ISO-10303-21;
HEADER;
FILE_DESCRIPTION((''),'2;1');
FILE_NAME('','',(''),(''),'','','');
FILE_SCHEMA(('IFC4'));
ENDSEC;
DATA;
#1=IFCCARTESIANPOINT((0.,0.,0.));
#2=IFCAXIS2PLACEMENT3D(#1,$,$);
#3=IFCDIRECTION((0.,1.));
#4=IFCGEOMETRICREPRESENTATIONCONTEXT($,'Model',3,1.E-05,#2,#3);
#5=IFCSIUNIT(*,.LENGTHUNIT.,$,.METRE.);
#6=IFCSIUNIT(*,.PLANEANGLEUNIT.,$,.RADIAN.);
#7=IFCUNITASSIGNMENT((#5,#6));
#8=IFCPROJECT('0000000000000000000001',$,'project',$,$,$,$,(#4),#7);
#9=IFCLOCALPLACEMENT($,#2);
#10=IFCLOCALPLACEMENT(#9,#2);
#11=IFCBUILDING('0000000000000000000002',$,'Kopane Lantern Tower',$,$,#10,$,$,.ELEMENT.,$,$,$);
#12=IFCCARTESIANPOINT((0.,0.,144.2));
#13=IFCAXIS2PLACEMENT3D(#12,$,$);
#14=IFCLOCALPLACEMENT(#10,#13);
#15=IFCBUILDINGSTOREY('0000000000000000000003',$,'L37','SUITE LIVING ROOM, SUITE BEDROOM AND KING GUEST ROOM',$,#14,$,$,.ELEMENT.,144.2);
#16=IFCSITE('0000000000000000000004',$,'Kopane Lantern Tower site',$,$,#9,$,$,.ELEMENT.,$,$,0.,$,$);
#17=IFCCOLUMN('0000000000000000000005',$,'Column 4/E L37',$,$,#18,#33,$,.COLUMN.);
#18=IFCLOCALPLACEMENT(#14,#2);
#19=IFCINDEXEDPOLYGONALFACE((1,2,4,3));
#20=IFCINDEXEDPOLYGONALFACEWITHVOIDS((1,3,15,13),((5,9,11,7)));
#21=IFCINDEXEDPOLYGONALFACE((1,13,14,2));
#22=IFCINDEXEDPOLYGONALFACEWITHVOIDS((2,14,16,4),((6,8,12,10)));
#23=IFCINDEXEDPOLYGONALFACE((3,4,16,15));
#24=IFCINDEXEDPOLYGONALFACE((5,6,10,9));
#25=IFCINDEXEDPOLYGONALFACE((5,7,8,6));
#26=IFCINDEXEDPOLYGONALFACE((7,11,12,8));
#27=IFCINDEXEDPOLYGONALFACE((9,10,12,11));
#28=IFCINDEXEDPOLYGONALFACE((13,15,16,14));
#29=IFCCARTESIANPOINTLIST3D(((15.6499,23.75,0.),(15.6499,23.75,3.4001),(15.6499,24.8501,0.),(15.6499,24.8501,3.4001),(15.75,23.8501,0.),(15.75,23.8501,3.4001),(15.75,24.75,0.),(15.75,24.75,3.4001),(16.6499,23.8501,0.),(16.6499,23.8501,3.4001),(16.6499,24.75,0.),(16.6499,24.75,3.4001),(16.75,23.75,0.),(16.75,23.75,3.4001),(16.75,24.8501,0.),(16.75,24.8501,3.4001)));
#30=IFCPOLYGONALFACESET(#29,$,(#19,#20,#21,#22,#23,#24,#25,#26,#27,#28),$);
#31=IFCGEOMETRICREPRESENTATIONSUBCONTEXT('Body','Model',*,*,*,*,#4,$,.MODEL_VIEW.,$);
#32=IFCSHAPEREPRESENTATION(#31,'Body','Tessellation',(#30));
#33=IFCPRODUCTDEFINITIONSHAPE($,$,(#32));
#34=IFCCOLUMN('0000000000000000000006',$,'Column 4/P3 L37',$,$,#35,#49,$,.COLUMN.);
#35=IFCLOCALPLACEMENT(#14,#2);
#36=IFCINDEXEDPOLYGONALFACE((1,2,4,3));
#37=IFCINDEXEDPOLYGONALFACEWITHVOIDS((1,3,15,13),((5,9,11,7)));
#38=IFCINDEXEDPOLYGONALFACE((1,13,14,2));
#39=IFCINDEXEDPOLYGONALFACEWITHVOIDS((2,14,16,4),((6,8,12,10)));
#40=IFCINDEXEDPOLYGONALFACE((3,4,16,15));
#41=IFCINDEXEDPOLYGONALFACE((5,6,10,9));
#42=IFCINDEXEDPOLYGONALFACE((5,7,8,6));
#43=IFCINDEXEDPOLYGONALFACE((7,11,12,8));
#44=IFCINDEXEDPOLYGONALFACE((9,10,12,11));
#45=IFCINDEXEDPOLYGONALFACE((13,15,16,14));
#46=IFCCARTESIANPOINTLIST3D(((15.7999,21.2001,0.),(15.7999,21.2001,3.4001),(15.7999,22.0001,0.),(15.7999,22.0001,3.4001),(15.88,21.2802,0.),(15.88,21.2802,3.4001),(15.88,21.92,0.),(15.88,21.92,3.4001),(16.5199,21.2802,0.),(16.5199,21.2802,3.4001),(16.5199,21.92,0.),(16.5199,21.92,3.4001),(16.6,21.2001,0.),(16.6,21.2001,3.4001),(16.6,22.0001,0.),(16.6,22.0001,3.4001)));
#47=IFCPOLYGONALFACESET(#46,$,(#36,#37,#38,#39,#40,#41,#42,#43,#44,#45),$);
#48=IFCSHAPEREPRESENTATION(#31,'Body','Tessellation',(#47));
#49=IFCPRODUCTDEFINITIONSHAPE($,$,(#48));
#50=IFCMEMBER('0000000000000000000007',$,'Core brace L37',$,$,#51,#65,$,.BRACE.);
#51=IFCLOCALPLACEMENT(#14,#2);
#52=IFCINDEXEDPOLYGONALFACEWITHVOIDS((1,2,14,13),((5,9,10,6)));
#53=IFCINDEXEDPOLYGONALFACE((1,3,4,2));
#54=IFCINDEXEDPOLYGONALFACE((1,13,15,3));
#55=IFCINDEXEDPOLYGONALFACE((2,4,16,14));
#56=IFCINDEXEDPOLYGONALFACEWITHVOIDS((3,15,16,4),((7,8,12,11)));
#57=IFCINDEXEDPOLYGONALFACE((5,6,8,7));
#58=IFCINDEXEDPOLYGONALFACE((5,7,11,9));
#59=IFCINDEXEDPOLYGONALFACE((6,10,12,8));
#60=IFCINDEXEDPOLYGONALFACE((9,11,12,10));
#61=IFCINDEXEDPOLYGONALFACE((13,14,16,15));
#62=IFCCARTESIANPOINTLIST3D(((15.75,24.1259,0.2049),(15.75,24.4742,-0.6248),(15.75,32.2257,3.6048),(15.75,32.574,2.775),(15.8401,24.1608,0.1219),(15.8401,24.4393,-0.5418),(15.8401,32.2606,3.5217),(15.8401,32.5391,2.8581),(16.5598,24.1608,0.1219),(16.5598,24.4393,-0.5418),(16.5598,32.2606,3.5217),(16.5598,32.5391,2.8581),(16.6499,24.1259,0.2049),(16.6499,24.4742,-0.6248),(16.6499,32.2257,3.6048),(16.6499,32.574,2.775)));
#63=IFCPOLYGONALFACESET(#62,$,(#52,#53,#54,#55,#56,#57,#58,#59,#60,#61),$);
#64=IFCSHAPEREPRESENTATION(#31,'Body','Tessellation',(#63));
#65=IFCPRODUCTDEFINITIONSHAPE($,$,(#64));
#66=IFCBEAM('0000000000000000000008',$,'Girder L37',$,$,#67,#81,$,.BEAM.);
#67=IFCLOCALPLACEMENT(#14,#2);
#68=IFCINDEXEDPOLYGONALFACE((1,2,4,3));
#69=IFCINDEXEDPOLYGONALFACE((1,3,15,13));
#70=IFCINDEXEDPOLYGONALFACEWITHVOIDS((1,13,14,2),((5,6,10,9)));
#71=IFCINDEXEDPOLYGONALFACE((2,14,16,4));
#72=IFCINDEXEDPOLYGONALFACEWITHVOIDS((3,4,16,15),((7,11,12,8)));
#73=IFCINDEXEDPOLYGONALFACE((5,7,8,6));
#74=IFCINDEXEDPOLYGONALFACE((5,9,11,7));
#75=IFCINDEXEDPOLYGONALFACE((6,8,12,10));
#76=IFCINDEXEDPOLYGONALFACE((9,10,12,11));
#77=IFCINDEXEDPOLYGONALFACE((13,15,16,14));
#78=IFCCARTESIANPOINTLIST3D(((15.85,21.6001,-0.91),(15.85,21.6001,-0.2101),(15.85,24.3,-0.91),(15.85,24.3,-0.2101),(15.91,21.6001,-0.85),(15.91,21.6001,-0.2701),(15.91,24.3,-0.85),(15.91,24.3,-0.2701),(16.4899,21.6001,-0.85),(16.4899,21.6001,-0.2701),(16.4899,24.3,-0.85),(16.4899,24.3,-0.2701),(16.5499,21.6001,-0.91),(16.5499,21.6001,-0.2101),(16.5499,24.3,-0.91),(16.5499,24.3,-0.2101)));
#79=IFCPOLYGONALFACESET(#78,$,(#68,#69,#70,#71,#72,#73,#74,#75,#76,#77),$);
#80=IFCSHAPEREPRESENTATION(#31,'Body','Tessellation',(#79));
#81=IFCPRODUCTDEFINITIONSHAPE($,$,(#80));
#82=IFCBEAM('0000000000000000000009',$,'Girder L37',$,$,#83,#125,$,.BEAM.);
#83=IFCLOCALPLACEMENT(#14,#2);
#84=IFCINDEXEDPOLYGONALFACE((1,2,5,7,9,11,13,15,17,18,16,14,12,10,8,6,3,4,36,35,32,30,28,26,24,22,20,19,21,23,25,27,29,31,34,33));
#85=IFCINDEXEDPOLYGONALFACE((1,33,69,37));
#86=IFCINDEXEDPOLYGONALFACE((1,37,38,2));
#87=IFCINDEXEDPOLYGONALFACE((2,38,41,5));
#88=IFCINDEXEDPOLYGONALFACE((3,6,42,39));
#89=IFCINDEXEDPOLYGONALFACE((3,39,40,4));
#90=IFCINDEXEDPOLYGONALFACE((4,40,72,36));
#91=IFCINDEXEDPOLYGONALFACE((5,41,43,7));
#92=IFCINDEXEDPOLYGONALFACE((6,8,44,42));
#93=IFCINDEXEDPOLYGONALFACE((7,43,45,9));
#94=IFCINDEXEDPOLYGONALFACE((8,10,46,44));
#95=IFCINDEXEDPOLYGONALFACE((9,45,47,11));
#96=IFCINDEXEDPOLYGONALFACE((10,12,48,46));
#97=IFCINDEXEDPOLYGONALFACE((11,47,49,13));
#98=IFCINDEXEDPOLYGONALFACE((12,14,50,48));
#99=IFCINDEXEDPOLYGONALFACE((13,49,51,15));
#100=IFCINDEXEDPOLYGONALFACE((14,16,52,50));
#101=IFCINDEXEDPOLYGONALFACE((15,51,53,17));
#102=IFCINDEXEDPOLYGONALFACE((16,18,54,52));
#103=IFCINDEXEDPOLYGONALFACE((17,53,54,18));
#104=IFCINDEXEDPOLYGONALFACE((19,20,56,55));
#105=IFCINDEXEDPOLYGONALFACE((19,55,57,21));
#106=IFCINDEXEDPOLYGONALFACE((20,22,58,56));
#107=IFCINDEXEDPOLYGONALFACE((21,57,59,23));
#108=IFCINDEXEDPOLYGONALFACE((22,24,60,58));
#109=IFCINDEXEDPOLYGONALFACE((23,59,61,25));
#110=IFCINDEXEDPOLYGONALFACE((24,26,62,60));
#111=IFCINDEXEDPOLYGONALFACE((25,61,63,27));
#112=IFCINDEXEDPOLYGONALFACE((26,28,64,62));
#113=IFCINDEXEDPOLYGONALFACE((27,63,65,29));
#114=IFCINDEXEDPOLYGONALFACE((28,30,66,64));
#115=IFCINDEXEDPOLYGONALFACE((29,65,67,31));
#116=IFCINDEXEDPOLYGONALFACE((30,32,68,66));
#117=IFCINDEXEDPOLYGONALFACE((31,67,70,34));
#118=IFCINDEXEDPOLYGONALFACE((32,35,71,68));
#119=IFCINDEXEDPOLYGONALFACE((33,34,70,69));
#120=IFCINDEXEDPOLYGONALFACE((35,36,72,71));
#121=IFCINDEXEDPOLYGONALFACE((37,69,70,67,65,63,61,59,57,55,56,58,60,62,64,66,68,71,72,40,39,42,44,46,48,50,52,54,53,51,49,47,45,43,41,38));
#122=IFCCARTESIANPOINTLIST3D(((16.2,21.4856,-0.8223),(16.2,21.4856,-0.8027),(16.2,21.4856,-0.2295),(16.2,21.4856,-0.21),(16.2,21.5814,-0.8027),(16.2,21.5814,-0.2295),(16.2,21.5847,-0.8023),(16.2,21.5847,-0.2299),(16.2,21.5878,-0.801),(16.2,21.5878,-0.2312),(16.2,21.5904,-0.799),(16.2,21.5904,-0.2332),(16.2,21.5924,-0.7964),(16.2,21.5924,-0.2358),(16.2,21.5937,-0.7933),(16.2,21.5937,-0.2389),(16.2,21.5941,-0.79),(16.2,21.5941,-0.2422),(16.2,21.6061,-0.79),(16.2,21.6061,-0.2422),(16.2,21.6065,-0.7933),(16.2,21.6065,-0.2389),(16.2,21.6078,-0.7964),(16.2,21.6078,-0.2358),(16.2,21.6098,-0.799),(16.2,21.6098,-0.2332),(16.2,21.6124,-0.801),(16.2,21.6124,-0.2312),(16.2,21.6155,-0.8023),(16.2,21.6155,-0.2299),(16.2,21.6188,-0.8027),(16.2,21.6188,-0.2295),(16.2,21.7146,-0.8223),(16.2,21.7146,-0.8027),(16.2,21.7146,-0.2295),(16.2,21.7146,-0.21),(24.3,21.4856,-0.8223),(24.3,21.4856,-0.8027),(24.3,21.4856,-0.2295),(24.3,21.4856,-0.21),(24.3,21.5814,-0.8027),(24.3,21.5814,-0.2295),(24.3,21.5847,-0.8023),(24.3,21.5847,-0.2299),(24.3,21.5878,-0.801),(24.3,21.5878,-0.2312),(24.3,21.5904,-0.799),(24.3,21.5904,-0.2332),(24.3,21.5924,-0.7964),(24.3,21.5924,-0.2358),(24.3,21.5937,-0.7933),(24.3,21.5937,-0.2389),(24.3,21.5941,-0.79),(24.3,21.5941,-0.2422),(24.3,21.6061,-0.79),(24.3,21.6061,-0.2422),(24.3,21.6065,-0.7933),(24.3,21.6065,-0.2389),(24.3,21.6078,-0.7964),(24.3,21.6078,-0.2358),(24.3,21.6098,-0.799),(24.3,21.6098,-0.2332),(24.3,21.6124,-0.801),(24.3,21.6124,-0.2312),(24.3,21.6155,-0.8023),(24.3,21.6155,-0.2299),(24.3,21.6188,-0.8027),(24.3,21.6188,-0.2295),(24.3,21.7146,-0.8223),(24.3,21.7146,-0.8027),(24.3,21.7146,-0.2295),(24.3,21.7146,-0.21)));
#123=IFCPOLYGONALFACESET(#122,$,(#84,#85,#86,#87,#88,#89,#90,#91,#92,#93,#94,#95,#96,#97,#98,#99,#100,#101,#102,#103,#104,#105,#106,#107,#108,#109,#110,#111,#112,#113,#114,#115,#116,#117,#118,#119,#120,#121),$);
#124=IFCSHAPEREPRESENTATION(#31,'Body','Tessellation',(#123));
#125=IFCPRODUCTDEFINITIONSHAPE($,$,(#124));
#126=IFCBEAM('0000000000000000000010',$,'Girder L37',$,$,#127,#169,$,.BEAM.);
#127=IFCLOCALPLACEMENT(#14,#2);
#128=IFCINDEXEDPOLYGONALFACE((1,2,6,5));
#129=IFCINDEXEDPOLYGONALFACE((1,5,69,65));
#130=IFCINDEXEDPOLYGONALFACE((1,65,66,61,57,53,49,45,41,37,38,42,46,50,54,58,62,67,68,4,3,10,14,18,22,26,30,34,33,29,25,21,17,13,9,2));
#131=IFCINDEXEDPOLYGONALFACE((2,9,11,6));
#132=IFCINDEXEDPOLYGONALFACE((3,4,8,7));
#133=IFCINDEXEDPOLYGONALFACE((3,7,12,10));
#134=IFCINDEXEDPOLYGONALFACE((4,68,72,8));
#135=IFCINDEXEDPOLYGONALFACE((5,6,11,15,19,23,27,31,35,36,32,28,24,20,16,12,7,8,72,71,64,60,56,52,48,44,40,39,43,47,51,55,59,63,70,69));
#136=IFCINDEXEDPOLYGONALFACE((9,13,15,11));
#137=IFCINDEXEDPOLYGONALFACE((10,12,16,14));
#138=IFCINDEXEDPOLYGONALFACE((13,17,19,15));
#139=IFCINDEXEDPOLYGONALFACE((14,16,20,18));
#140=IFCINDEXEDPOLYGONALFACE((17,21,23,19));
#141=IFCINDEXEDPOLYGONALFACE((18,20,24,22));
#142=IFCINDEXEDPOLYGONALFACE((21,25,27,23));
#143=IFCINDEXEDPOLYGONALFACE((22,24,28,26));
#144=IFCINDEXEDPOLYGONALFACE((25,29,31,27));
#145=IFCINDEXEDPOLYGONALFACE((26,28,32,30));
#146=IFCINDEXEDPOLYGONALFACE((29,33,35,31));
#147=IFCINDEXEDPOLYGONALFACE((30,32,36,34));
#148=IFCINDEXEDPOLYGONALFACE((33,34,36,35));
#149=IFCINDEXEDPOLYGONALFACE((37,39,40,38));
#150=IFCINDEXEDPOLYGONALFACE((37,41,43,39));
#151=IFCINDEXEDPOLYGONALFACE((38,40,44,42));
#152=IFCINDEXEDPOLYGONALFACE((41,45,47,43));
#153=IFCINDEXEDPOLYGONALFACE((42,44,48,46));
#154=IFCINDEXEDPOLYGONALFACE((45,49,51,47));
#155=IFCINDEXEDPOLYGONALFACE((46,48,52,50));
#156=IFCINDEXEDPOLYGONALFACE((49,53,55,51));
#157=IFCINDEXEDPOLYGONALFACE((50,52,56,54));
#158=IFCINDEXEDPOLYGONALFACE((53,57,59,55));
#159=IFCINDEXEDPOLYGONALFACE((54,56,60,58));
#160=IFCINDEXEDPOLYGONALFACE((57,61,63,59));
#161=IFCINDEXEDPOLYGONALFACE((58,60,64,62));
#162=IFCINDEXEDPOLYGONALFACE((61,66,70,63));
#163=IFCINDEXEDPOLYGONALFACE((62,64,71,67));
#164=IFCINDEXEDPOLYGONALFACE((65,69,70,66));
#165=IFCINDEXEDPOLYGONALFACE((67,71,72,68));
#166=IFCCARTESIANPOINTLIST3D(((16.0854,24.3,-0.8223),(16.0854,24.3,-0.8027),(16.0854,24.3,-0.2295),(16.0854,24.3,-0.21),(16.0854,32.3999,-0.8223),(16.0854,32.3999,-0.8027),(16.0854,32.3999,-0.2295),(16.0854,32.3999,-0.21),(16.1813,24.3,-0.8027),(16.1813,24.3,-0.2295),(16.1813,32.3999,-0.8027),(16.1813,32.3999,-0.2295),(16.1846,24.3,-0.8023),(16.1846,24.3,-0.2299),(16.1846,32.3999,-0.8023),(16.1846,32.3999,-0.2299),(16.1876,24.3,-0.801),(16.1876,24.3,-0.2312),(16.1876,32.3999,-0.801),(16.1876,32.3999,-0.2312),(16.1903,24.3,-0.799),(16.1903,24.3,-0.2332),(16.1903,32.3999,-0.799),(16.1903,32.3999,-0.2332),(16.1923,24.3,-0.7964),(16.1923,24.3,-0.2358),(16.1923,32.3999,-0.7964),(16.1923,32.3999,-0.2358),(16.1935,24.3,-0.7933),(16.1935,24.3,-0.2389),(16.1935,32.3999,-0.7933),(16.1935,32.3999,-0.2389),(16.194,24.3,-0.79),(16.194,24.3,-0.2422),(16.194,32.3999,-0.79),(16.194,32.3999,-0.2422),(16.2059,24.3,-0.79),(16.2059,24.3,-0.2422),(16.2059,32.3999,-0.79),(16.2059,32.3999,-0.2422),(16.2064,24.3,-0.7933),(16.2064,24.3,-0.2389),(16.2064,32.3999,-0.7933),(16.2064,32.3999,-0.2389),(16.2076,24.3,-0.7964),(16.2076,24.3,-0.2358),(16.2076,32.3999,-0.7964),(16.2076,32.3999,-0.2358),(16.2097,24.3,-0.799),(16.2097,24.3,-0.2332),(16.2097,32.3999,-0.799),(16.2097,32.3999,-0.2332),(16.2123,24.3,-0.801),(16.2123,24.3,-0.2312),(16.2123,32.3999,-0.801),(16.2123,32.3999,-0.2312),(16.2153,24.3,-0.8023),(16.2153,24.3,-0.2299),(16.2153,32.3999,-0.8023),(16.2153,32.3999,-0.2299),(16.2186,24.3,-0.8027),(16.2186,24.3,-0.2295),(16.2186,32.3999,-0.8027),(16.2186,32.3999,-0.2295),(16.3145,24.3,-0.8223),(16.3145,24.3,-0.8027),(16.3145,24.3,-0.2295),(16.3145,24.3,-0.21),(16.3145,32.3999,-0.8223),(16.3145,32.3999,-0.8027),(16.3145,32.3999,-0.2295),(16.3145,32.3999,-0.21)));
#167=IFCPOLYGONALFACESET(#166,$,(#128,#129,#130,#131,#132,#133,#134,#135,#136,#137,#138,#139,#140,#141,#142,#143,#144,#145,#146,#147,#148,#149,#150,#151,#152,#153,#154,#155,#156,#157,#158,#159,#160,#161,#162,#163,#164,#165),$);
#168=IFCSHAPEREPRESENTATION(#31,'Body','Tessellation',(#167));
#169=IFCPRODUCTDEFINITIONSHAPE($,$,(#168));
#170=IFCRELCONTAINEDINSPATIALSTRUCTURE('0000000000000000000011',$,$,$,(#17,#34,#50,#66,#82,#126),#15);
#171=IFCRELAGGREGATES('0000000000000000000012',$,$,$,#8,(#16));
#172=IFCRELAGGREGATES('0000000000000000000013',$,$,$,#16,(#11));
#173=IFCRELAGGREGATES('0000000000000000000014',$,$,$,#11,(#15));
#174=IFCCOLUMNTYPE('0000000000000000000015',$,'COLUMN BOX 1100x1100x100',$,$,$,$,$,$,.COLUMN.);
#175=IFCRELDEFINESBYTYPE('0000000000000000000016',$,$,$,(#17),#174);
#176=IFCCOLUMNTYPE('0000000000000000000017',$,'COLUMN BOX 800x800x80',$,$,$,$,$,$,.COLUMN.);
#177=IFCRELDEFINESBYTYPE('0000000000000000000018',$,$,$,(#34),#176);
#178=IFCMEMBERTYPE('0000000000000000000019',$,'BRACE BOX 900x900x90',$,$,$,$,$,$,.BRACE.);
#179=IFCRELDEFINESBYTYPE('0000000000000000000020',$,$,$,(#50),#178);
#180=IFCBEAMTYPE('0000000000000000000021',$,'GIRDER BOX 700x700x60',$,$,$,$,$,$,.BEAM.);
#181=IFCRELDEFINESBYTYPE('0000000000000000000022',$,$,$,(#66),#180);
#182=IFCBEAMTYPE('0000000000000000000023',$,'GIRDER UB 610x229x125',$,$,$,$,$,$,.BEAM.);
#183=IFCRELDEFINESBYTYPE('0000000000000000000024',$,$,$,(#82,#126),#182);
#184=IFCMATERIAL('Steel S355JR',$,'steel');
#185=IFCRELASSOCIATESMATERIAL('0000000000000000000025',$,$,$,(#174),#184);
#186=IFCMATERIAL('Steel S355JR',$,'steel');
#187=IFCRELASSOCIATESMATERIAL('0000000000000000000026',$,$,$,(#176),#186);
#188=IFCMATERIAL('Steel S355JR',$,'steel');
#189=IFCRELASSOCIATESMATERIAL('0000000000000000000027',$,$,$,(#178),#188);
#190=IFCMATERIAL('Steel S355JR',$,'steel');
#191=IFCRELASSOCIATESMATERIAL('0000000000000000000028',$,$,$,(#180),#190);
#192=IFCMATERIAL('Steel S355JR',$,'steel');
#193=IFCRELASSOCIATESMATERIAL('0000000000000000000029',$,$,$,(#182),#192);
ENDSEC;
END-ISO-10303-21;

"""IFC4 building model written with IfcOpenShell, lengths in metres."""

from ifc_helpers import new_model, si_unit, direction, frame, origin, origin_2d, place, context, subcontext, project, spatial, hollow_rectangle, i_section, extrude, material, material_profile, profile_set, type_object, element, save


model = new_model("IFC4")

# Units and contexts
model_context = context("Model", 3, precision=1e-05, world=origin(), true_north=direction((0.0, 1.0)))
body_context = subcontext(model_context, "Body", "Model", "MODEL_VIEW")
ifc_project = project(units=[si_unit("LENGTHUNIT", "METRE"), si_unit("PLANEANGLEUNIT", "RADIAN")], contexts=[model_context])

# Site, building, storey
site_placement = place(None, origin())
site = spatial("IfcSite", under=ifc_project, at=site_placement, Name="Kopane Lantern Tower site", CompositionType="ELEMENT", RefElevation=0.0)
building_placement = place(site_placement, origin())
building = spatial("IfcBuilding", under=site, at=building_placement, Name="Kopane Lantern Tower", CompositionType="ELEMENT")
storey_placement = place(building_placement, frame((0.0, 0.0, 144.2)))
storey = spatial("IfcBuildingStorey", under=building, at=storey_placement, Name="L37", Description="SUITE LIVING ROOM, SUITE BEDROOM AND KING GUEST ROOM", CompositionType="ELEMENT", Elevation=144.2)

# Columns
ifc_material_1 = material(Name="Steel S355JR", Category="steel")
ifc_material_profile_1 = material_profile(ifc_material_1, hollow_rectangle(XDim=1.1001, YDim=1.1001, WallThickness=0.1001, at=origin_2d()), Name="BOX 1100x1100x100")
ifc_profile_set_1 = profile_set([ifc_material_profile_1], Name="Steel S355JR")
column_type_1 = type_object("IfcColumnType", Name="COLUMN BOX 1100x1100x100", PredefinedType="COLUMN", material=ifc_profile_set_1)
column_1_placement = place(storey_placement, frame((16.2, 24.3, 0.0), z_axis=(0.0, 0.0, 1.0), x_axis=(1.0, 0.0, 0.0)))
element("IfcColumn", 1, at=column_1_placement, inside=storey, type_object=column_type_1, Name="Column 4/E L37", PredefinedType="COLUMN", context=body_context, shape_type="SweptSolid", body=[
    extrude(hollow_rectangle(XDim=1.1001, YDim=1.1001, WallThickness=0.1001, at=origin_2d()), origin(), (0.0, 0.0, 1.0), 3.4001),
])
ifc_material_2 = material(Name="Steel S355JR", Category="steel")
ifc_material_profile_2 = material_profile(ifc_material_2, hollow_rectangle(XDim=0.8, YDim=0.8, WallThickness=0.0801, at=origin_2d()), Name="BOX 800x800x80")
ifc_profile_set_2 = profile_set([ifc_material_profile_2], Name="Steel S355JR")
column_type_2 = type_object("IfcColumnType", Name="COLUMN BOX 800x800x80", PredefinedType="COLUMN", material=ifc_profile_set_2)
column_2_placement = place(storey_placement, frame((16.2, 21.6001, 0.0), z_axis=(0.0, 0.0, 1.0), x_axis=(1.0, 0.0, 0.0)))
element("IfcColumn", 2, at=column_2_placement, inside=storey, type_object=column_type_2, Name="Column 4/P3 L37", PredefinedType="COLUMN", context=body_context, shape_type="SweptSolid", body=[
    extrude(hollow_rectangle(XDim=0.8, YDim=0.8, WallThickness=0.0801, at=origin_2d()), origin(), (0.0, 0.0, 1.0), 3.4001),
])

# Member
ifc_material_3 = material(Name="Steel S355JR", Category="steel")
ifc_material_profile_3 = material_profile(ifc_material_3, hollow_rectangle(XDim=0.8999, YDim=0.8999, WallThickness=0.0901, at=origin_2d()), Name="BOX 900x900x90")
ifc_profile_set_3 = profile_set([ifc_material_profile_3], Name="Steel S355JR")
member_type = type_object("IfcMemberType", Name="BRACE BOX 900x900x90", PredefinedType="BRACE", material=ifc_profile_set_3)
member_placement = place(storey_placement, frame((16.2, 24.3, -0.21), z_axis=(0.0, 0.922065, 0.387035), x_axis=(-1.0, 0.0, 0.0)))
element("IfcMember", 3, at=member_placement, inside=storey, type_object=member_type, Name="Core brace L37", PredefinedType="BRACE", context=body_context, shape_type="SweptSolid", body=[
    extrude(hollow_rectangle(XDim=0.8999, YDim=0.8999, WallThickness=0.0901, at=origin_2d()), origin(), (0.0, 0.0, 1.0), 8.7844),
])

# Beams
ifc_material_4 = material(Name="Steel S355JR", Category="steel")
ifc_material_profile_4 = material_profile(ifc_material_4, hollow_rectangle(XDim=0.7, YDim=0.7, WallThickness=0.0601, at=origin_2d()), Name="BOX 700x700x60")
ifc_profile_set_4 = profile_set([ifc_material_profile_4], Name="Steel S355JR")
beam_type_1 = type_object("IfcBeamType", Name="GIRDER BOX 700x700x60", PredefinedType="BEAM", material=ifc_profile_set_4)
beam_1_placement = place(storey_placement, frame((16.2, 21.6001, -0.5601), z_axis=(0.0, 1.0, 0.0), x_axis=(-1.0, 0.0, 0.0)))
element("IfcBeam", 4, at=beam_1_placement, inside=storey, type_object=beam_type_1, Name="Girder L37", PredefinedType="BEAM", context=body_context, shape_type="SweptSolid", body=[
    extrude(hollow_rectangle(XDim=0.7, YDim=0.7, WallThickness=0.0601, at=origin_2d()), origin(), (0.0, 0.0, 1.0), 2.7),
])
ifc_material_5 = material(Name="Steel S355JR", Category="steel")
ifc_material_profile_5 = material_profile(ifc_material_5, i_section(OverallWidth=0.229, OverallDepth=0.6123, WebThickness=0.012, FlangeThickness=0.0195, FilletRadius=0.0127, at=origin_2d()), Name="UB 610x229x125")
ifc_profile_set_5 = profile_set([ifc_material_profile_5], Name="Steel S355JR")
beam_type_2 = type_object("IfcBeamType", Name="GIRDER UB 610x229x125", PredefinedType="BEAM", material=ifc_profile_set_5)
beam_2_placement = place(storey_placement, frame((16.2, 21.6001, -0.5161), z_axis=(1.0, 0.0, 0.0), x_axis=(0.0, 1.0, 0.0)))
element("IfcBeam", 5, at=beam_2_placement, inside=storey, type_object=beam_type_2, Name="Girder L37", PredefinedType="BEAM", context=body_context, shape_type="SweptSolid", body=[
    extrude(i_section(OverallWidth=0.229, OverallDepth=0.6123, WebThickness=0.012, FlangeThickness=0.0195, FilletRadius=0.0127, at=origin_2d()), origin(), (0.0, 0.0, 1.0), 8.1001),
])
beam_3_placement = place(storey_placement, frame((16.2, 24.3, -0.5161), z_axis=(0.0, 1.0, 0.0), x_axis=(-1.0, 0.0, 0.0)))
element("IfcBeam", 6, at=beam_3_placement, inside=storey, type_object=beam_type_2, Name="Girder L37", PredefinedType="BEAM", context=body_context, shape_type="SweptSolid", body=[
    extrude(i_section(OverallWidth=0.229, OverallDepth=0.6123, WebThickness=0.012, FlangeThickness=0.0195, FilletRadius=0.0127, at=origin_2d()), origin(), (0.0, 0.0, 1.0), 8.0999),
])

save(model, "model.ifc")
